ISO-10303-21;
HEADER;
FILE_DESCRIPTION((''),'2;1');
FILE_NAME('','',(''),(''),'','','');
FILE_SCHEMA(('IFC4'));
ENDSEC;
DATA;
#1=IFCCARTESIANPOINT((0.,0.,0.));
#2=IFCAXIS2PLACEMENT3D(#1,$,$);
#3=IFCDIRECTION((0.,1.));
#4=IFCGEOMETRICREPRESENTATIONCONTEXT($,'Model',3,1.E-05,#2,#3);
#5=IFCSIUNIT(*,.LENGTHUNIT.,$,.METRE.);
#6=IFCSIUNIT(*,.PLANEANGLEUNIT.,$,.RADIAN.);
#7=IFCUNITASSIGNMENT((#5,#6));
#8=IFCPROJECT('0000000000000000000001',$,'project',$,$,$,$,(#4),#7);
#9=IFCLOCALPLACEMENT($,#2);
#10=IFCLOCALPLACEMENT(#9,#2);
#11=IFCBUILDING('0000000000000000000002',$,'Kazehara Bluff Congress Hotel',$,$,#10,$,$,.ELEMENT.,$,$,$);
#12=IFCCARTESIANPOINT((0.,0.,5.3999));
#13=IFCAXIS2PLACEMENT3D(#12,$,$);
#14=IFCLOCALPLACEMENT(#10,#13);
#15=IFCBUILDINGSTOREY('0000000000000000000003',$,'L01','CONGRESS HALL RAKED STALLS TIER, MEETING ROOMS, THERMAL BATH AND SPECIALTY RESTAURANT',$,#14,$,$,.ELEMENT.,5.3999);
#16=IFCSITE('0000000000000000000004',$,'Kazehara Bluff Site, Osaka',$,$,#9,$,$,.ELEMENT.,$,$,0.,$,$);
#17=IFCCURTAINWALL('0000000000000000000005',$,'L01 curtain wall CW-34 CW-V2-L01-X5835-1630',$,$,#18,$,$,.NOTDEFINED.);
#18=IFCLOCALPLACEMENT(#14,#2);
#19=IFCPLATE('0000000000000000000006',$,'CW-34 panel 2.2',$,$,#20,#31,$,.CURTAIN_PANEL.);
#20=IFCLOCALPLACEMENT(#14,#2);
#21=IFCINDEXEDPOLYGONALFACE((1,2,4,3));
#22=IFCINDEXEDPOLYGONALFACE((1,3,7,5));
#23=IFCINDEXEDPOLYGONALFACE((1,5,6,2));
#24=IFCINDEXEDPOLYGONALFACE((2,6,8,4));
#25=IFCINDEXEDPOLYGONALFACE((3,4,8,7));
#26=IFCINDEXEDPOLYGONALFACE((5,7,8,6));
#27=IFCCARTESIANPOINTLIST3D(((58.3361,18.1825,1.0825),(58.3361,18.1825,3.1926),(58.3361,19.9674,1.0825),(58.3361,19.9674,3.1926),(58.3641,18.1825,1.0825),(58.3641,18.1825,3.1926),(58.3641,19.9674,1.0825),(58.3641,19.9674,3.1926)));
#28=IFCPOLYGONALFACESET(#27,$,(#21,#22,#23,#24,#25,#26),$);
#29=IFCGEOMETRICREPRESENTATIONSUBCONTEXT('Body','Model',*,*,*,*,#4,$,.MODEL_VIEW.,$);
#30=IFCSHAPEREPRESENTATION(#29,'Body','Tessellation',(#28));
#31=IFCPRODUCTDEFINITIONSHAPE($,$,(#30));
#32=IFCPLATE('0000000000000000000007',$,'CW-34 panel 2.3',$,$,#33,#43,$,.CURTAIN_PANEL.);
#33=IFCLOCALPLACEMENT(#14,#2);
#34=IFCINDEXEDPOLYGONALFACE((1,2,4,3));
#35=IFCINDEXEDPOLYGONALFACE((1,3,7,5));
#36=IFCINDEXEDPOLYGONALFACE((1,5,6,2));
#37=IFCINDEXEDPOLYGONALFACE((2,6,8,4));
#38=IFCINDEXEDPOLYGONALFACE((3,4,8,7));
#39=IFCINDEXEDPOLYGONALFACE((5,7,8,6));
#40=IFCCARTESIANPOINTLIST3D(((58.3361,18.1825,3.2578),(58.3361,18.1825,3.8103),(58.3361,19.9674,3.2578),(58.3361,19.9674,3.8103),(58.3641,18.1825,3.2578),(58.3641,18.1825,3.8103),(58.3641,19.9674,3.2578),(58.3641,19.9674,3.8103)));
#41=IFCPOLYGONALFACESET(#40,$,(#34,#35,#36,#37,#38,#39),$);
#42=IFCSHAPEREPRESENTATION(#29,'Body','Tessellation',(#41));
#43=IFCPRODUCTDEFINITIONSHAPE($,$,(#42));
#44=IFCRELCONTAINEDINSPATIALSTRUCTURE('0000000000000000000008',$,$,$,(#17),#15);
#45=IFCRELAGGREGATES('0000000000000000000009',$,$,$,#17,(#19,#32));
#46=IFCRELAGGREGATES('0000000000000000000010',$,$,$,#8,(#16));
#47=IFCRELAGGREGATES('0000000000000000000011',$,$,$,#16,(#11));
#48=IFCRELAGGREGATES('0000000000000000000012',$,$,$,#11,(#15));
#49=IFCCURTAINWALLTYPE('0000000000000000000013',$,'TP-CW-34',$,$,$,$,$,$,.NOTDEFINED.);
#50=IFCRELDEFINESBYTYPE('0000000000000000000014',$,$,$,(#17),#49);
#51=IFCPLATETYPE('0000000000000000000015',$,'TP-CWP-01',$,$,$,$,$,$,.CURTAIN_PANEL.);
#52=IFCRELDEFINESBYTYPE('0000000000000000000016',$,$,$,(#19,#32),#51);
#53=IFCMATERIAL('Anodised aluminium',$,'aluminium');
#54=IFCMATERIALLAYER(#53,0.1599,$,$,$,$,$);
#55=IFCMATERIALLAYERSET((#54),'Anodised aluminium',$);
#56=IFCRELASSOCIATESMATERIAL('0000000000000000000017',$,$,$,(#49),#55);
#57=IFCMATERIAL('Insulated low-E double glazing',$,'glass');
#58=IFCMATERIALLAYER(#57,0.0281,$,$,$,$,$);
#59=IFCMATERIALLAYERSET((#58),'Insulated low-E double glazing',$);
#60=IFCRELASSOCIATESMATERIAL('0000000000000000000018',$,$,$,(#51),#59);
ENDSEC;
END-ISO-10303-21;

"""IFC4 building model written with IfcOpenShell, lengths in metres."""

from ifc_helpers import new_model, si_unit, direction, frame, origin, origin_2d, place, context, subcontext, project, spatial, rectangle, extrude, material, layer, layer_set, type_object, element, aggregate, save


model = new_model("IFC4")

# Units and contexts
model_context = context("Model", 3, precision=1e-05, world=origin(), true_north=direction((0.0, 1.0)))
body_context = subcontext(model_context, "Body", "Model", "MODEL_VIEW")
ifc_project = project(units=[si_unit("LENGTHUNIT", "METRE"), si_unit("PLANEANGLEUNIT", "RADIAN")], contexts=[model_context])

# Site, building, storey
site_placement = place(None, origin())
site = spatial("IfcSite", under=ifc_project, at=site_placement, Name="Kazehara Bluff Site, Osaka", CompositionType="ELEMENT", RefElevation=0.0)
building_placement = place(site_placement, origin())
building = spatial("IfcBuilding", under=site, at=building_placement, Name="Kazehara Bluff Congress Hotel", CompositionType="ELEMENT")
storey_placement = place(building_placement, frame((0.0, 0.0, 5.3999)))
storey = spatial("IfcBuildingStorey", under=building, at=storey_placement, Name="L01", Description="CONGRESS HALL RAKED STALLS TIER, MEETING ROOMS, THERMAL BATH AND SPECIALTY RESTAURANT", CompositionType="ELEMENT", Elevation=5.3999)

# Curtain wall
ifc_material_1 = material(Name="Anodised aluminium", Category="aluminium")
ifc_layer_1 = layer(ifc_material_1, 0.1599)
ifc_layer_set_1 = layer_set([ifc_layer_1], Name="Anodised aluminium")
curtain_wall_type = type_object("IfcCurtainWallType", Name="TP-CW-34", PredefinedType="NOTDEFINED", material=ifc_layer_set_1)
curtain_wall_1_placement = place(storey_placement, origin())
curtain_wall_1 = element("IfcCurtainWall", 1, at=curtain_wall_1_placement, inside=storey, type_object=curtain_wall_type, Name="L01 curtain wall CW-34 CW-V2-L01-X5835-1630", PredefinedType="NOTDEFINED")

# Plates
ifc_material_2 = material(Name="Insulated low-E double glazing", Category="glass")
ifc_layer_2 = layer(ifc_material_2, 0.0281)
ifc_layer_set_2 = layer_set([ifc_layer_2], Name="Insulated low-E double glazing")
plate_type = type_object("IfcPlateType", Name="TP-CWP-01", PredefinedType="CURTAIN_PANEL", material=ifc_layer_set_2)
plate_1_placement = place(storey_placement, frame((58.3501, 19.075, 1.0825), z_axis=(0.0, 0.0, 1.0), x_axis=(0.0, 1.0, 0.0)))
plate_1 = element("IfcPlate", 2, at=plate_1_placement, type_object=plate_type, Name="CW-34 panel 2.2", PredefinedType="CURTAIN_PANEL", context=body_context, shape_type="SweptSolid", body=[
    extrude(rectangle(XDim=1.7849, YDim=0.0281, at=origin_2d()), origin(), (0.0, 0.0, 1.0), 2.1101),
])
plate_2_placement = place(storey_placement, frame((58.3501, 19.075, 3.2578), z_axis=(0.0, 0.0, 1.0), x_axis=(0.0, 1.0, 0.0)))
plate_2 = element("IfcPlate", 3, at=plate_2_placement, type_object=plate_type, Name="CW-34 panel 2.3", PredefinedType="CURTAIN_PANEL", context=body_context, shape_type="SweptSolid", body=[
    extrude(rectangle(XDim=1.7849, YDim=0.0281, at=origin_2d()), origin(), (0.0, 0.0, 1.0), 0.5525),
])
aggregate(curtain_wall_1, [plate_1, plate_2])

save(model, "model.ifc")
